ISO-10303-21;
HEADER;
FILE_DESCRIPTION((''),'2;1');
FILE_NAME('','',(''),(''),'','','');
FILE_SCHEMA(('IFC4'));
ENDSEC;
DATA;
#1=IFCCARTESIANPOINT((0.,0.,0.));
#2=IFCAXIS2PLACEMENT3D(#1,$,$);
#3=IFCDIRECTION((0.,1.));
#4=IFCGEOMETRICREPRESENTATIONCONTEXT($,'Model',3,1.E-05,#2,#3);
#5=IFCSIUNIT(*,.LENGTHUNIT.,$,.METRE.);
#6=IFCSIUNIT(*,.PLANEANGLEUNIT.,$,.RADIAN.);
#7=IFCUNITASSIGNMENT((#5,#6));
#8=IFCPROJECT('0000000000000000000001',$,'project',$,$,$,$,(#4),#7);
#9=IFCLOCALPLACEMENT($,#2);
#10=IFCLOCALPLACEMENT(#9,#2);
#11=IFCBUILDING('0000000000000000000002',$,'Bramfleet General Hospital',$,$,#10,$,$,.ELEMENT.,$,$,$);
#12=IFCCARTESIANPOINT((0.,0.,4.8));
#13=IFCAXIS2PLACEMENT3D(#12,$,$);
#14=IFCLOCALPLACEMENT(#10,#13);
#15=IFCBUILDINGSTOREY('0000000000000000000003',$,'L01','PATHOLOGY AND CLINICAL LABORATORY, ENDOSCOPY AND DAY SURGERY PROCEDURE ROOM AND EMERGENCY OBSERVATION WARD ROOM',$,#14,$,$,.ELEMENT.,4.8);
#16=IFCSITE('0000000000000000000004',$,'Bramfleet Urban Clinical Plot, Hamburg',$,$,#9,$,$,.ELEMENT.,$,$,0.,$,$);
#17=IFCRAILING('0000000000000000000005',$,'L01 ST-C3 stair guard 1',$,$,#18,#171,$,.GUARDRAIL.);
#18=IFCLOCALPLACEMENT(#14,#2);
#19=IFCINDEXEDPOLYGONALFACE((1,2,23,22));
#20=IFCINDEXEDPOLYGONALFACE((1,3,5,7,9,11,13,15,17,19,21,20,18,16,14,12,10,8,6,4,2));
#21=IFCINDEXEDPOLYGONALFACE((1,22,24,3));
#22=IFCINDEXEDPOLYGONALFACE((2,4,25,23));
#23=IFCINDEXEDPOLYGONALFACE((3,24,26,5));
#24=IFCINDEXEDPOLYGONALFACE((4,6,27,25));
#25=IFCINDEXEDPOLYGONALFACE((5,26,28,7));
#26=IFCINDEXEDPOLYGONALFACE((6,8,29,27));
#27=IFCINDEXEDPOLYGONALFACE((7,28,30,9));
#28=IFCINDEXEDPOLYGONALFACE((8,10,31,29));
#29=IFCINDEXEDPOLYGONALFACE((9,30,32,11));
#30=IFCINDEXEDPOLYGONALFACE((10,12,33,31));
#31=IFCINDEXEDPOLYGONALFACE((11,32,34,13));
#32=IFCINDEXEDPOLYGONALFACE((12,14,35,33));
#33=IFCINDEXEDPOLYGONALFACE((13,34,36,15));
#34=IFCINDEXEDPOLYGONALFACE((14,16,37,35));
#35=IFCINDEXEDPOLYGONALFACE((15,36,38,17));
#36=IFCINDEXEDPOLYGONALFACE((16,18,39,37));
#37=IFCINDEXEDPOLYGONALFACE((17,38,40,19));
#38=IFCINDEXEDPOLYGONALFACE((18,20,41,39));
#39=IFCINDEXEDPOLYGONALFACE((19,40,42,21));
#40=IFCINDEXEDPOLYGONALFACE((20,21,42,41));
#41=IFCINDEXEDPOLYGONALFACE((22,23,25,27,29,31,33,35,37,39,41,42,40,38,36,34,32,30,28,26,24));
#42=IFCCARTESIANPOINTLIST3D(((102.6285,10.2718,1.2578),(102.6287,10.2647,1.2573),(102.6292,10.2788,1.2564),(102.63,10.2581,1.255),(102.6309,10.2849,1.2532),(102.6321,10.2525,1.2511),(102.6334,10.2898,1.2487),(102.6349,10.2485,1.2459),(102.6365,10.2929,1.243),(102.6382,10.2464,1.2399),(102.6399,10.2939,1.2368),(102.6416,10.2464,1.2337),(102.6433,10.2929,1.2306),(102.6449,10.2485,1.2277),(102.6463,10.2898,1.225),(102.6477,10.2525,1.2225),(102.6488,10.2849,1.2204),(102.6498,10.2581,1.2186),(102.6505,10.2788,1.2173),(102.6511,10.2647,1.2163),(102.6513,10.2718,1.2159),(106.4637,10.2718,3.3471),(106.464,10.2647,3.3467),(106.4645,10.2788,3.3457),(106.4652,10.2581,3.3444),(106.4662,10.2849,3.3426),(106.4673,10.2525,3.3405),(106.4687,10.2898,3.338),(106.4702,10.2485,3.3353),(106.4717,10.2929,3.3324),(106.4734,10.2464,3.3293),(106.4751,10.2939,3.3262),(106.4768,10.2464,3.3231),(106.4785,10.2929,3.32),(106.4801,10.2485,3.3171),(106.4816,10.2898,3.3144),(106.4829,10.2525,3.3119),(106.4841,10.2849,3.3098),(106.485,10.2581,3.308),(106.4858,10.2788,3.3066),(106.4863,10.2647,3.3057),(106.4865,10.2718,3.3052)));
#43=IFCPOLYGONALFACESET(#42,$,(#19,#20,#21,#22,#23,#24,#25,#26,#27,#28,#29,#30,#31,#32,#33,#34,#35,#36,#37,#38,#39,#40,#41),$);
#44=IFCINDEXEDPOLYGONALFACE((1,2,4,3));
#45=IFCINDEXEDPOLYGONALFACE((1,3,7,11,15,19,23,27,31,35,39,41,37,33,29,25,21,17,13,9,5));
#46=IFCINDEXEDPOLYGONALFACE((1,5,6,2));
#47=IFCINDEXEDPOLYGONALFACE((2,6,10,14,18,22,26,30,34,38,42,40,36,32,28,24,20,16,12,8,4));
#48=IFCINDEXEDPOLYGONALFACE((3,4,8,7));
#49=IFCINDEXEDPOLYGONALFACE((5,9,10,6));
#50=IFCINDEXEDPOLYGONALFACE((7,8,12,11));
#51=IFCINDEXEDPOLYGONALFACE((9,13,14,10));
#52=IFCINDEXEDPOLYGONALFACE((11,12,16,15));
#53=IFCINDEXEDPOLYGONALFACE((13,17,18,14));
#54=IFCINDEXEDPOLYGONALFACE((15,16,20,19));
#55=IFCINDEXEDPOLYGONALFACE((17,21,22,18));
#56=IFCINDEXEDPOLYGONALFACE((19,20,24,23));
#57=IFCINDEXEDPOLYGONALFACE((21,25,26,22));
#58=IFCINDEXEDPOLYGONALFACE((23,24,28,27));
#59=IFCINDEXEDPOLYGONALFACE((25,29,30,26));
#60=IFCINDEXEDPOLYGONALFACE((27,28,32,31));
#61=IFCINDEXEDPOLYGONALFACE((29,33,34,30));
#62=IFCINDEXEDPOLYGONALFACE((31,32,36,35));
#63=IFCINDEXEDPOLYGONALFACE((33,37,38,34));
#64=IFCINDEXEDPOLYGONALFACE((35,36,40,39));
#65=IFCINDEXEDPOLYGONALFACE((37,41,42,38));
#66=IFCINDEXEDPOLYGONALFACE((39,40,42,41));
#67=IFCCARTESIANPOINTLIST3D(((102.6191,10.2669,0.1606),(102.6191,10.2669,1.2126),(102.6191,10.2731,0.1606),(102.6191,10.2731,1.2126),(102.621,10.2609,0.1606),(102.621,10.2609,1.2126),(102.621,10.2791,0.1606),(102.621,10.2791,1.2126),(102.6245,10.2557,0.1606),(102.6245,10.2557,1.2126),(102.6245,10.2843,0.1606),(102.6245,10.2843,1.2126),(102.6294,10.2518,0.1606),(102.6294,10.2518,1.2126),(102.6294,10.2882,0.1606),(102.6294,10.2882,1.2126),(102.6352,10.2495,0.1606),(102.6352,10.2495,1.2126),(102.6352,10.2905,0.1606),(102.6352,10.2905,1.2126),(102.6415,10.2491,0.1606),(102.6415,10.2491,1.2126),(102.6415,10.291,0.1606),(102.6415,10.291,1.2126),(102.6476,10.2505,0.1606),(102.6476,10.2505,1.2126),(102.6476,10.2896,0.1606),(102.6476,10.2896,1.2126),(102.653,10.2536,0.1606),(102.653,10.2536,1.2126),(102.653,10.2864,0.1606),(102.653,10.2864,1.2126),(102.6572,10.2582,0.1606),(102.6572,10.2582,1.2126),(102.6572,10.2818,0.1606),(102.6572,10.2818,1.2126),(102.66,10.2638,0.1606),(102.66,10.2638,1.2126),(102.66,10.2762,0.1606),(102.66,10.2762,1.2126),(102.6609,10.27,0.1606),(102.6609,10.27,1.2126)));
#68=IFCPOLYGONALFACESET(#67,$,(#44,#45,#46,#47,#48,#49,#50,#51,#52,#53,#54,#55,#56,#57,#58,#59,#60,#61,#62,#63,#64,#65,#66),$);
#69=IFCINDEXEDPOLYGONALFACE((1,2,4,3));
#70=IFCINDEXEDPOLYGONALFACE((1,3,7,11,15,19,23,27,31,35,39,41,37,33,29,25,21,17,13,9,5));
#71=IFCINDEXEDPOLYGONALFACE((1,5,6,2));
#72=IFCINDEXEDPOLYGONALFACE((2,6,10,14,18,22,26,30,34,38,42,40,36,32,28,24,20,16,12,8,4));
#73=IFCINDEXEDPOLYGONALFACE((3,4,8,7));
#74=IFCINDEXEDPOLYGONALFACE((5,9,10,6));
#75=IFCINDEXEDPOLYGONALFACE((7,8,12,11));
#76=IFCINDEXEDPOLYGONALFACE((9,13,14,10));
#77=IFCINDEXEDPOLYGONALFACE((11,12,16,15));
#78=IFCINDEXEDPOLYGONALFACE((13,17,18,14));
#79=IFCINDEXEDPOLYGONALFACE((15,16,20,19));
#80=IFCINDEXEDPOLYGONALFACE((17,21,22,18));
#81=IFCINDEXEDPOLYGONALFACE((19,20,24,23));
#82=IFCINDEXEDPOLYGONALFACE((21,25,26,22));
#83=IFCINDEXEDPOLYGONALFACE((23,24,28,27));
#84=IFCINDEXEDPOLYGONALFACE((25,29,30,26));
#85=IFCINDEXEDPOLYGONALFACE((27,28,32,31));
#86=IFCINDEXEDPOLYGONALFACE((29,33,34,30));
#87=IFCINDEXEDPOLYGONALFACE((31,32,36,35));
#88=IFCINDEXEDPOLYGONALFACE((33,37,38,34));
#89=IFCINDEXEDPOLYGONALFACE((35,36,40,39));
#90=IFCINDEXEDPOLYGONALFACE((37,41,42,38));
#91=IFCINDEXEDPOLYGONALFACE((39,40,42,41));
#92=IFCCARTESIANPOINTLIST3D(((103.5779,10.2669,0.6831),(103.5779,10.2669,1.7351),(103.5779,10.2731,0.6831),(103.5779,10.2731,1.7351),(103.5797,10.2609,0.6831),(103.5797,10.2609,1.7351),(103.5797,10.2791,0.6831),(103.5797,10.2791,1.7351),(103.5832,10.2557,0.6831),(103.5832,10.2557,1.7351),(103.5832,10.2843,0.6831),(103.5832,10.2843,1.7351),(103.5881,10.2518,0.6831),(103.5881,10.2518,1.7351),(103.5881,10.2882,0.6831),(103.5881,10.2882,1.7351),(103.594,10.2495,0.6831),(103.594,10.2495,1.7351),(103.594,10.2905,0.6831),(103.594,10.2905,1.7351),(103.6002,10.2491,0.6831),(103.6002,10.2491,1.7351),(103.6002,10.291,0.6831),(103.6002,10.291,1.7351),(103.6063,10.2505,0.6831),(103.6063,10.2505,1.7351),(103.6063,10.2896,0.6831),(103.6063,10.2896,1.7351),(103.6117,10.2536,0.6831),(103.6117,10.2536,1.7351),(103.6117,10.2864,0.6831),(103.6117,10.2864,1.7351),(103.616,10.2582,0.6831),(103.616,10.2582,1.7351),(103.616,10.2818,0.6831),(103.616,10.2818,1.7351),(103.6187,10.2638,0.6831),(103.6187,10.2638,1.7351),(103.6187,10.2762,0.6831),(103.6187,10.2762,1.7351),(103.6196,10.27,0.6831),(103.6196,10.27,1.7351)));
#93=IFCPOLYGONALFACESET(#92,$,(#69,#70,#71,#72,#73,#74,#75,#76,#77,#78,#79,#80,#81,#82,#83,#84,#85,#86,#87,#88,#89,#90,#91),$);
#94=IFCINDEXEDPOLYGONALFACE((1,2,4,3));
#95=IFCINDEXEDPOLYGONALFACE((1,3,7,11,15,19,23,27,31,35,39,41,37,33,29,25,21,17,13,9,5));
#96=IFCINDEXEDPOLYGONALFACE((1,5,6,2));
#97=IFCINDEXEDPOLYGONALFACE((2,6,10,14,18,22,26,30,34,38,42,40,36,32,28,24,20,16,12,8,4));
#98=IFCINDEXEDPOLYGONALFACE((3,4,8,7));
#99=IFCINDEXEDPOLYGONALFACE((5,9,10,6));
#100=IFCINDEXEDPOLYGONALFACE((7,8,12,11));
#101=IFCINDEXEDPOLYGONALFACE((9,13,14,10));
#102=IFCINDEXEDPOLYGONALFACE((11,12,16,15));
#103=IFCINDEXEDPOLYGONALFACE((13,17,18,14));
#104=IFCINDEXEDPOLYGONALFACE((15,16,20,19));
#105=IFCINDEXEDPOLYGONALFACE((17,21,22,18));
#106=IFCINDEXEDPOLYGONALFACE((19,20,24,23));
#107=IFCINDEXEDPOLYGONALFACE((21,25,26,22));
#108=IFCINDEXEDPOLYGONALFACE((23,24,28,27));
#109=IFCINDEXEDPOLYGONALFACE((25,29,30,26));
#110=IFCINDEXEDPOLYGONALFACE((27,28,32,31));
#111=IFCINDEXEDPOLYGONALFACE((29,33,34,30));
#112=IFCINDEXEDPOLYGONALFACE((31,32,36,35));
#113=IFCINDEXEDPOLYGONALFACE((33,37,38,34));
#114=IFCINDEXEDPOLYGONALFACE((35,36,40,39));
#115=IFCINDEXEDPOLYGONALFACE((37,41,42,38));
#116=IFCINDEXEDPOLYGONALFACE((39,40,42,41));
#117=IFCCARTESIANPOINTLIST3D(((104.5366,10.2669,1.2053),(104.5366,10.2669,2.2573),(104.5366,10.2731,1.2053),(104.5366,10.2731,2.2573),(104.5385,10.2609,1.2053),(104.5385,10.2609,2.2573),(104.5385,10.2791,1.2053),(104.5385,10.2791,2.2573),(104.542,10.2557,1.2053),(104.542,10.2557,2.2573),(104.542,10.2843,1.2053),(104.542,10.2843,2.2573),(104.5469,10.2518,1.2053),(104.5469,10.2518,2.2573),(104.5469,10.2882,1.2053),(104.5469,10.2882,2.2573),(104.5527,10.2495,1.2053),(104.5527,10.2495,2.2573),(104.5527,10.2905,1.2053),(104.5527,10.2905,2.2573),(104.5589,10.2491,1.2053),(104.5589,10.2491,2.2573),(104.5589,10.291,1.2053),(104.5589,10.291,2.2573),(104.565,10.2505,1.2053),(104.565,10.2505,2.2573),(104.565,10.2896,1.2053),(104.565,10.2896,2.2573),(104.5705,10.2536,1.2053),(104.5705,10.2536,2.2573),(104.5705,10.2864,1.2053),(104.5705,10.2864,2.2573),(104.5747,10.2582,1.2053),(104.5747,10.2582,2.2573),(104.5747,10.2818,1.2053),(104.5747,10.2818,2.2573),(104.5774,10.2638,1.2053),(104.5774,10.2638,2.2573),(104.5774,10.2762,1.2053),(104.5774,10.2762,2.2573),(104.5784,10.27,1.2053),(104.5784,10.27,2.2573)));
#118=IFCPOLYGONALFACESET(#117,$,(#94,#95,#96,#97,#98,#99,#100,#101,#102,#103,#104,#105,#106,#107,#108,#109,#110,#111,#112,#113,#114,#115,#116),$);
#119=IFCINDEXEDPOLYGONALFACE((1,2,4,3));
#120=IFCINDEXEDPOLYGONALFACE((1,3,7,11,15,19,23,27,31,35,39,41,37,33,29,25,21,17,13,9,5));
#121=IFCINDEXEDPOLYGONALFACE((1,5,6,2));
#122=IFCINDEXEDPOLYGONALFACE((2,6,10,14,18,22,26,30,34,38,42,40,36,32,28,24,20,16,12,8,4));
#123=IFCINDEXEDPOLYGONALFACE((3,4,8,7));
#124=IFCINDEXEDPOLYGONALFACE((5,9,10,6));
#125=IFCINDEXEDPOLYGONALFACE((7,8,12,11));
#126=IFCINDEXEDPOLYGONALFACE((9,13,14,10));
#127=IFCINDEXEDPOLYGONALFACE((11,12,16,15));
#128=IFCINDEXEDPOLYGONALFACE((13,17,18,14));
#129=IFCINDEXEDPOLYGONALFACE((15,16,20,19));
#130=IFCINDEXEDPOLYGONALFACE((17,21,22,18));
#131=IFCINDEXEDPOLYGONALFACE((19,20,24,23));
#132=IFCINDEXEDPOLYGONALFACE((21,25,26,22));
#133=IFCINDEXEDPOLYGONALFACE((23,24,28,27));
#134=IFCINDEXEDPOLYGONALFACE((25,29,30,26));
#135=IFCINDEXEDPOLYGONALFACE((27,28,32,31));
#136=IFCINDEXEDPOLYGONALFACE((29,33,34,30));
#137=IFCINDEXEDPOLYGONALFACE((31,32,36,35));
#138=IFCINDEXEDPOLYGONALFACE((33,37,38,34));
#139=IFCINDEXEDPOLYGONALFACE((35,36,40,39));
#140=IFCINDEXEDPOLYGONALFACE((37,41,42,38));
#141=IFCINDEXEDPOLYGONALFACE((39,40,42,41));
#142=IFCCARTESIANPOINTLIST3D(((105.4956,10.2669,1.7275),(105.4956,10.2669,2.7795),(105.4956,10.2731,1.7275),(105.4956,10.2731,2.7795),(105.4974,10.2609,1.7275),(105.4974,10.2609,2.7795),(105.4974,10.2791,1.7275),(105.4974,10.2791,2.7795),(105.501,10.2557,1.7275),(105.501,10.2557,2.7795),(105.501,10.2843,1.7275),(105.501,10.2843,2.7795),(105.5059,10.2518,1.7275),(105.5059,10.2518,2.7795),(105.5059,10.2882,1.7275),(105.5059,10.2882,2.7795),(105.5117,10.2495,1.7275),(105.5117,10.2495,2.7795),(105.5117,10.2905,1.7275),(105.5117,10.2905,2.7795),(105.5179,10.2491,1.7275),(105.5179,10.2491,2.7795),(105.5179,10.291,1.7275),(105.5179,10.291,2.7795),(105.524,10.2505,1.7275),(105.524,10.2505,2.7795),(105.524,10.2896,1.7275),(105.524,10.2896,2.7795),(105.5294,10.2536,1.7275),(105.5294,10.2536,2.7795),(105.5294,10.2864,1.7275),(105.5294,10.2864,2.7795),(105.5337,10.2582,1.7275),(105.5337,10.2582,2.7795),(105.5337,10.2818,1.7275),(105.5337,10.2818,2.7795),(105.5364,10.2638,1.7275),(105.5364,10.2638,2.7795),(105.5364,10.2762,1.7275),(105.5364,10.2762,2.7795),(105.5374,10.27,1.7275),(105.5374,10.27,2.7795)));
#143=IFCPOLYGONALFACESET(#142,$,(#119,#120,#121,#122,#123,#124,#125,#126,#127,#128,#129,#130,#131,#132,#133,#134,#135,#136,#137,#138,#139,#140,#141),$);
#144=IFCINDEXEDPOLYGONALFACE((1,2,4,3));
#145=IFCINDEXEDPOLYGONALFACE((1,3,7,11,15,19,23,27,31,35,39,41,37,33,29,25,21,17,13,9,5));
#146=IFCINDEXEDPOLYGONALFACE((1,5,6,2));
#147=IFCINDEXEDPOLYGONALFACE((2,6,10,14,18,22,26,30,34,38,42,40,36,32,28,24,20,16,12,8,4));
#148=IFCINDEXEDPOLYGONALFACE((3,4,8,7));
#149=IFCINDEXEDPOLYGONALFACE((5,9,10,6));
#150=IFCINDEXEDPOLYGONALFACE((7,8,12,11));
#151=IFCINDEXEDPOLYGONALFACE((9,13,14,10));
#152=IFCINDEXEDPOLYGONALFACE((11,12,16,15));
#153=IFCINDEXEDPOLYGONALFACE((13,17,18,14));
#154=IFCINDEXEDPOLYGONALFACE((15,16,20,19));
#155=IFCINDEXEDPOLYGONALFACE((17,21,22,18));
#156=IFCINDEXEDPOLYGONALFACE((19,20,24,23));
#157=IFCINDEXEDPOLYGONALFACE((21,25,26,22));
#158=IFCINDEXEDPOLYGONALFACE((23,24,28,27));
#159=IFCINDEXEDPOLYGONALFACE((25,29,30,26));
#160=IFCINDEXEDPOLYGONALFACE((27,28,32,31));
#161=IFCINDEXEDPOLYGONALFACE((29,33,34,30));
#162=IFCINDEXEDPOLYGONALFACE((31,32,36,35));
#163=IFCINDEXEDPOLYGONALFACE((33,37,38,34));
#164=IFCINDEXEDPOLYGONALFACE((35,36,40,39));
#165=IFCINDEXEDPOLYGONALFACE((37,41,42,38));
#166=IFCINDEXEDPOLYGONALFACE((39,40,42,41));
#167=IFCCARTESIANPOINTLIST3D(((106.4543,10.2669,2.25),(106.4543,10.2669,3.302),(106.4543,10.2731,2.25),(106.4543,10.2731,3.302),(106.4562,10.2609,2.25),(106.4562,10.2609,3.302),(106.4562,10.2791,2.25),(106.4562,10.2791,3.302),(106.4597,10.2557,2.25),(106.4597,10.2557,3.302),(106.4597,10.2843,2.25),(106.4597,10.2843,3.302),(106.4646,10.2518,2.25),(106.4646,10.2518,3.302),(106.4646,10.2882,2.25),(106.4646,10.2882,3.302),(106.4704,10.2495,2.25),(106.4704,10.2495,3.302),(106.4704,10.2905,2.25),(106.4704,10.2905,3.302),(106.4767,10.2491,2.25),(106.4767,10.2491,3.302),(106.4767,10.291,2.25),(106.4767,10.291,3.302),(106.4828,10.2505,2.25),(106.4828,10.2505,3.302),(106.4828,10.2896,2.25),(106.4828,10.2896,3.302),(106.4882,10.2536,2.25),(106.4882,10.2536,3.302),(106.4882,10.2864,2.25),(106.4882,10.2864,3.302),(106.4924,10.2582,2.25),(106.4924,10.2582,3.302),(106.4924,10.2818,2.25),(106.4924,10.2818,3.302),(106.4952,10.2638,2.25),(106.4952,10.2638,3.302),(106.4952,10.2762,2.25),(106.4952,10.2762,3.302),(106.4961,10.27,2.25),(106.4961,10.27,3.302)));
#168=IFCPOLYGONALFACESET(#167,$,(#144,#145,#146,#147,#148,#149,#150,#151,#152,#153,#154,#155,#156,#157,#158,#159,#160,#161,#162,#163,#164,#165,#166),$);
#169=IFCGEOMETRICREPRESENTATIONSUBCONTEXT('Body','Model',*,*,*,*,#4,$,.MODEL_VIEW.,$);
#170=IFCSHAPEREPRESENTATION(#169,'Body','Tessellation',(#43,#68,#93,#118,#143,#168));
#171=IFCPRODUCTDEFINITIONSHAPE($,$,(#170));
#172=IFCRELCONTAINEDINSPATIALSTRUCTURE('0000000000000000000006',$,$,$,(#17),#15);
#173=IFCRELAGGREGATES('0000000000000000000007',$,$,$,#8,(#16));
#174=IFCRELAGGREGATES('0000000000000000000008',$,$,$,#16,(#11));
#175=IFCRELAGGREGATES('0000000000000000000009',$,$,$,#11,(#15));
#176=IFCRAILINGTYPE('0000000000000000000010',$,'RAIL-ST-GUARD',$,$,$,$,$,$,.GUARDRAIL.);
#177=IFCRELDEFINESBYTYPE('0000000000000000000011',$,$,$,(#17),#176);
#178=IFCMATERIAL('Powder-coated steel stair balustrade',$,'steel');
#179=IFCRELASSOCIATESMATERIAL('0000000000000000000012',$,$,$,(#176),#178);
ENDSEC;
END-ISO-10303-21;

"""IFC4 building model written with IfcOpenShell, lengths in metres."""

from ifc_helpers import new_model, si_unit, direction, frame, origin, origin_2d, place, context, subcontext, project, spatial, circle, extrude, material, type_object, element, save


model = new_model("IFC4")

# Units and contexts
model_context = context("Model", 3, precision=1e-05, world=origin(), true_north=direction((0.0, 1.0)))
body_context = subcontext(model_context, "Body", "Model", "MODEL_VIEW")
ifc_project = project(units=[si_unit("LENGTHUNIT", "METRE"), si_unit("PLANEANGLEUNIT", "RADIAN")], contexts=[model_context])

# Site, building, storey
site_placement = place(None, origin())
site = spatial("IfcSite", under=ifc_project, at=site_placement, Name="Bramfleet Urban Clinical Plot, Hamburg", CompositionType="ELEMENT", RefElevation=0.0)
building_placement = place(site_placement, origin())
building = spatial("IfcBuilding", under=site, at=building_placement, Name="Bramfleet General Hospital", CompositionType="ELEMENT")
storey_placement = place(building_placement, frame((0.0, 0.0, 4.8)))
storey = spatial("IfcBuildingStorey", under=building, at=storey_placement, Name="L01", Description="PATHOLOGY AND CLINICAL LABORATORY, ENDOSCOPY AND DAY SURGERY PROCEDURE ROOM AND EMERGENCY OBSERVATION WARD ROOM", CompositionType="ELEMENT", Elevation=4.8)

# Railing
ifc_material_1 = material(Name="Powder-coated steel stair balustrade", Category="steel")
railing_type_1 = type_object("IfcRailingType", Name="RAIL-ST-GUARD", PredefinedType="GUARDRAIL", material=ifc_material_1)
railing_1_placement = place(storey_placement, frame((102.6399, 10.27, 0.1606)))
element("IfcRailing", 1, at=railing_1_placement, inside=storey, type_object=railing_type_1, Name="L01 ST-C3 stair guard 1", PredefinedType="GUARDRAIL", context=body_context, shape_type="SweptSolid", body=[
    extrude(circle(Radius=0.0239, at=origin_2d()), frame((0.0, 0.0, 1.0762), z_axis=(0.878143, 0.0, 0.478398), x_axis=(0.0, 1.0, 0.0)), (0.0, 0.0, 1.0), 4.3674),
    extrude(circle(Radius=0.021, at=origin_2d()), origin(), (0.0, 0.0, 1.0), 1.052),
    extrude(circle(Radius=0.021, at=origin_2d()), frame((0.9587, 0.0, 0.5225)), (0.0, 0.0, 1.0), 1.052),
    extrude(circle(Radius=0.021, at=origin_2d()), frame((1.9175, 0.0, 1.0447)), (0.0, 0.0, 1.0), 1.052),
    extrude(circle(Radius=0.021, at=origin_2d()), frame((2.8765, 0.0, 1.5669)), (0.0, 0.0, 1.0), 1.052),
    extrude(circle(Radius=0.021, at=origin_2d()), frame((3.8352, 0.0, 2.0894)), (0.0, 0.0, 1.0), 1.052),
])

save(model, "model.ifc")
